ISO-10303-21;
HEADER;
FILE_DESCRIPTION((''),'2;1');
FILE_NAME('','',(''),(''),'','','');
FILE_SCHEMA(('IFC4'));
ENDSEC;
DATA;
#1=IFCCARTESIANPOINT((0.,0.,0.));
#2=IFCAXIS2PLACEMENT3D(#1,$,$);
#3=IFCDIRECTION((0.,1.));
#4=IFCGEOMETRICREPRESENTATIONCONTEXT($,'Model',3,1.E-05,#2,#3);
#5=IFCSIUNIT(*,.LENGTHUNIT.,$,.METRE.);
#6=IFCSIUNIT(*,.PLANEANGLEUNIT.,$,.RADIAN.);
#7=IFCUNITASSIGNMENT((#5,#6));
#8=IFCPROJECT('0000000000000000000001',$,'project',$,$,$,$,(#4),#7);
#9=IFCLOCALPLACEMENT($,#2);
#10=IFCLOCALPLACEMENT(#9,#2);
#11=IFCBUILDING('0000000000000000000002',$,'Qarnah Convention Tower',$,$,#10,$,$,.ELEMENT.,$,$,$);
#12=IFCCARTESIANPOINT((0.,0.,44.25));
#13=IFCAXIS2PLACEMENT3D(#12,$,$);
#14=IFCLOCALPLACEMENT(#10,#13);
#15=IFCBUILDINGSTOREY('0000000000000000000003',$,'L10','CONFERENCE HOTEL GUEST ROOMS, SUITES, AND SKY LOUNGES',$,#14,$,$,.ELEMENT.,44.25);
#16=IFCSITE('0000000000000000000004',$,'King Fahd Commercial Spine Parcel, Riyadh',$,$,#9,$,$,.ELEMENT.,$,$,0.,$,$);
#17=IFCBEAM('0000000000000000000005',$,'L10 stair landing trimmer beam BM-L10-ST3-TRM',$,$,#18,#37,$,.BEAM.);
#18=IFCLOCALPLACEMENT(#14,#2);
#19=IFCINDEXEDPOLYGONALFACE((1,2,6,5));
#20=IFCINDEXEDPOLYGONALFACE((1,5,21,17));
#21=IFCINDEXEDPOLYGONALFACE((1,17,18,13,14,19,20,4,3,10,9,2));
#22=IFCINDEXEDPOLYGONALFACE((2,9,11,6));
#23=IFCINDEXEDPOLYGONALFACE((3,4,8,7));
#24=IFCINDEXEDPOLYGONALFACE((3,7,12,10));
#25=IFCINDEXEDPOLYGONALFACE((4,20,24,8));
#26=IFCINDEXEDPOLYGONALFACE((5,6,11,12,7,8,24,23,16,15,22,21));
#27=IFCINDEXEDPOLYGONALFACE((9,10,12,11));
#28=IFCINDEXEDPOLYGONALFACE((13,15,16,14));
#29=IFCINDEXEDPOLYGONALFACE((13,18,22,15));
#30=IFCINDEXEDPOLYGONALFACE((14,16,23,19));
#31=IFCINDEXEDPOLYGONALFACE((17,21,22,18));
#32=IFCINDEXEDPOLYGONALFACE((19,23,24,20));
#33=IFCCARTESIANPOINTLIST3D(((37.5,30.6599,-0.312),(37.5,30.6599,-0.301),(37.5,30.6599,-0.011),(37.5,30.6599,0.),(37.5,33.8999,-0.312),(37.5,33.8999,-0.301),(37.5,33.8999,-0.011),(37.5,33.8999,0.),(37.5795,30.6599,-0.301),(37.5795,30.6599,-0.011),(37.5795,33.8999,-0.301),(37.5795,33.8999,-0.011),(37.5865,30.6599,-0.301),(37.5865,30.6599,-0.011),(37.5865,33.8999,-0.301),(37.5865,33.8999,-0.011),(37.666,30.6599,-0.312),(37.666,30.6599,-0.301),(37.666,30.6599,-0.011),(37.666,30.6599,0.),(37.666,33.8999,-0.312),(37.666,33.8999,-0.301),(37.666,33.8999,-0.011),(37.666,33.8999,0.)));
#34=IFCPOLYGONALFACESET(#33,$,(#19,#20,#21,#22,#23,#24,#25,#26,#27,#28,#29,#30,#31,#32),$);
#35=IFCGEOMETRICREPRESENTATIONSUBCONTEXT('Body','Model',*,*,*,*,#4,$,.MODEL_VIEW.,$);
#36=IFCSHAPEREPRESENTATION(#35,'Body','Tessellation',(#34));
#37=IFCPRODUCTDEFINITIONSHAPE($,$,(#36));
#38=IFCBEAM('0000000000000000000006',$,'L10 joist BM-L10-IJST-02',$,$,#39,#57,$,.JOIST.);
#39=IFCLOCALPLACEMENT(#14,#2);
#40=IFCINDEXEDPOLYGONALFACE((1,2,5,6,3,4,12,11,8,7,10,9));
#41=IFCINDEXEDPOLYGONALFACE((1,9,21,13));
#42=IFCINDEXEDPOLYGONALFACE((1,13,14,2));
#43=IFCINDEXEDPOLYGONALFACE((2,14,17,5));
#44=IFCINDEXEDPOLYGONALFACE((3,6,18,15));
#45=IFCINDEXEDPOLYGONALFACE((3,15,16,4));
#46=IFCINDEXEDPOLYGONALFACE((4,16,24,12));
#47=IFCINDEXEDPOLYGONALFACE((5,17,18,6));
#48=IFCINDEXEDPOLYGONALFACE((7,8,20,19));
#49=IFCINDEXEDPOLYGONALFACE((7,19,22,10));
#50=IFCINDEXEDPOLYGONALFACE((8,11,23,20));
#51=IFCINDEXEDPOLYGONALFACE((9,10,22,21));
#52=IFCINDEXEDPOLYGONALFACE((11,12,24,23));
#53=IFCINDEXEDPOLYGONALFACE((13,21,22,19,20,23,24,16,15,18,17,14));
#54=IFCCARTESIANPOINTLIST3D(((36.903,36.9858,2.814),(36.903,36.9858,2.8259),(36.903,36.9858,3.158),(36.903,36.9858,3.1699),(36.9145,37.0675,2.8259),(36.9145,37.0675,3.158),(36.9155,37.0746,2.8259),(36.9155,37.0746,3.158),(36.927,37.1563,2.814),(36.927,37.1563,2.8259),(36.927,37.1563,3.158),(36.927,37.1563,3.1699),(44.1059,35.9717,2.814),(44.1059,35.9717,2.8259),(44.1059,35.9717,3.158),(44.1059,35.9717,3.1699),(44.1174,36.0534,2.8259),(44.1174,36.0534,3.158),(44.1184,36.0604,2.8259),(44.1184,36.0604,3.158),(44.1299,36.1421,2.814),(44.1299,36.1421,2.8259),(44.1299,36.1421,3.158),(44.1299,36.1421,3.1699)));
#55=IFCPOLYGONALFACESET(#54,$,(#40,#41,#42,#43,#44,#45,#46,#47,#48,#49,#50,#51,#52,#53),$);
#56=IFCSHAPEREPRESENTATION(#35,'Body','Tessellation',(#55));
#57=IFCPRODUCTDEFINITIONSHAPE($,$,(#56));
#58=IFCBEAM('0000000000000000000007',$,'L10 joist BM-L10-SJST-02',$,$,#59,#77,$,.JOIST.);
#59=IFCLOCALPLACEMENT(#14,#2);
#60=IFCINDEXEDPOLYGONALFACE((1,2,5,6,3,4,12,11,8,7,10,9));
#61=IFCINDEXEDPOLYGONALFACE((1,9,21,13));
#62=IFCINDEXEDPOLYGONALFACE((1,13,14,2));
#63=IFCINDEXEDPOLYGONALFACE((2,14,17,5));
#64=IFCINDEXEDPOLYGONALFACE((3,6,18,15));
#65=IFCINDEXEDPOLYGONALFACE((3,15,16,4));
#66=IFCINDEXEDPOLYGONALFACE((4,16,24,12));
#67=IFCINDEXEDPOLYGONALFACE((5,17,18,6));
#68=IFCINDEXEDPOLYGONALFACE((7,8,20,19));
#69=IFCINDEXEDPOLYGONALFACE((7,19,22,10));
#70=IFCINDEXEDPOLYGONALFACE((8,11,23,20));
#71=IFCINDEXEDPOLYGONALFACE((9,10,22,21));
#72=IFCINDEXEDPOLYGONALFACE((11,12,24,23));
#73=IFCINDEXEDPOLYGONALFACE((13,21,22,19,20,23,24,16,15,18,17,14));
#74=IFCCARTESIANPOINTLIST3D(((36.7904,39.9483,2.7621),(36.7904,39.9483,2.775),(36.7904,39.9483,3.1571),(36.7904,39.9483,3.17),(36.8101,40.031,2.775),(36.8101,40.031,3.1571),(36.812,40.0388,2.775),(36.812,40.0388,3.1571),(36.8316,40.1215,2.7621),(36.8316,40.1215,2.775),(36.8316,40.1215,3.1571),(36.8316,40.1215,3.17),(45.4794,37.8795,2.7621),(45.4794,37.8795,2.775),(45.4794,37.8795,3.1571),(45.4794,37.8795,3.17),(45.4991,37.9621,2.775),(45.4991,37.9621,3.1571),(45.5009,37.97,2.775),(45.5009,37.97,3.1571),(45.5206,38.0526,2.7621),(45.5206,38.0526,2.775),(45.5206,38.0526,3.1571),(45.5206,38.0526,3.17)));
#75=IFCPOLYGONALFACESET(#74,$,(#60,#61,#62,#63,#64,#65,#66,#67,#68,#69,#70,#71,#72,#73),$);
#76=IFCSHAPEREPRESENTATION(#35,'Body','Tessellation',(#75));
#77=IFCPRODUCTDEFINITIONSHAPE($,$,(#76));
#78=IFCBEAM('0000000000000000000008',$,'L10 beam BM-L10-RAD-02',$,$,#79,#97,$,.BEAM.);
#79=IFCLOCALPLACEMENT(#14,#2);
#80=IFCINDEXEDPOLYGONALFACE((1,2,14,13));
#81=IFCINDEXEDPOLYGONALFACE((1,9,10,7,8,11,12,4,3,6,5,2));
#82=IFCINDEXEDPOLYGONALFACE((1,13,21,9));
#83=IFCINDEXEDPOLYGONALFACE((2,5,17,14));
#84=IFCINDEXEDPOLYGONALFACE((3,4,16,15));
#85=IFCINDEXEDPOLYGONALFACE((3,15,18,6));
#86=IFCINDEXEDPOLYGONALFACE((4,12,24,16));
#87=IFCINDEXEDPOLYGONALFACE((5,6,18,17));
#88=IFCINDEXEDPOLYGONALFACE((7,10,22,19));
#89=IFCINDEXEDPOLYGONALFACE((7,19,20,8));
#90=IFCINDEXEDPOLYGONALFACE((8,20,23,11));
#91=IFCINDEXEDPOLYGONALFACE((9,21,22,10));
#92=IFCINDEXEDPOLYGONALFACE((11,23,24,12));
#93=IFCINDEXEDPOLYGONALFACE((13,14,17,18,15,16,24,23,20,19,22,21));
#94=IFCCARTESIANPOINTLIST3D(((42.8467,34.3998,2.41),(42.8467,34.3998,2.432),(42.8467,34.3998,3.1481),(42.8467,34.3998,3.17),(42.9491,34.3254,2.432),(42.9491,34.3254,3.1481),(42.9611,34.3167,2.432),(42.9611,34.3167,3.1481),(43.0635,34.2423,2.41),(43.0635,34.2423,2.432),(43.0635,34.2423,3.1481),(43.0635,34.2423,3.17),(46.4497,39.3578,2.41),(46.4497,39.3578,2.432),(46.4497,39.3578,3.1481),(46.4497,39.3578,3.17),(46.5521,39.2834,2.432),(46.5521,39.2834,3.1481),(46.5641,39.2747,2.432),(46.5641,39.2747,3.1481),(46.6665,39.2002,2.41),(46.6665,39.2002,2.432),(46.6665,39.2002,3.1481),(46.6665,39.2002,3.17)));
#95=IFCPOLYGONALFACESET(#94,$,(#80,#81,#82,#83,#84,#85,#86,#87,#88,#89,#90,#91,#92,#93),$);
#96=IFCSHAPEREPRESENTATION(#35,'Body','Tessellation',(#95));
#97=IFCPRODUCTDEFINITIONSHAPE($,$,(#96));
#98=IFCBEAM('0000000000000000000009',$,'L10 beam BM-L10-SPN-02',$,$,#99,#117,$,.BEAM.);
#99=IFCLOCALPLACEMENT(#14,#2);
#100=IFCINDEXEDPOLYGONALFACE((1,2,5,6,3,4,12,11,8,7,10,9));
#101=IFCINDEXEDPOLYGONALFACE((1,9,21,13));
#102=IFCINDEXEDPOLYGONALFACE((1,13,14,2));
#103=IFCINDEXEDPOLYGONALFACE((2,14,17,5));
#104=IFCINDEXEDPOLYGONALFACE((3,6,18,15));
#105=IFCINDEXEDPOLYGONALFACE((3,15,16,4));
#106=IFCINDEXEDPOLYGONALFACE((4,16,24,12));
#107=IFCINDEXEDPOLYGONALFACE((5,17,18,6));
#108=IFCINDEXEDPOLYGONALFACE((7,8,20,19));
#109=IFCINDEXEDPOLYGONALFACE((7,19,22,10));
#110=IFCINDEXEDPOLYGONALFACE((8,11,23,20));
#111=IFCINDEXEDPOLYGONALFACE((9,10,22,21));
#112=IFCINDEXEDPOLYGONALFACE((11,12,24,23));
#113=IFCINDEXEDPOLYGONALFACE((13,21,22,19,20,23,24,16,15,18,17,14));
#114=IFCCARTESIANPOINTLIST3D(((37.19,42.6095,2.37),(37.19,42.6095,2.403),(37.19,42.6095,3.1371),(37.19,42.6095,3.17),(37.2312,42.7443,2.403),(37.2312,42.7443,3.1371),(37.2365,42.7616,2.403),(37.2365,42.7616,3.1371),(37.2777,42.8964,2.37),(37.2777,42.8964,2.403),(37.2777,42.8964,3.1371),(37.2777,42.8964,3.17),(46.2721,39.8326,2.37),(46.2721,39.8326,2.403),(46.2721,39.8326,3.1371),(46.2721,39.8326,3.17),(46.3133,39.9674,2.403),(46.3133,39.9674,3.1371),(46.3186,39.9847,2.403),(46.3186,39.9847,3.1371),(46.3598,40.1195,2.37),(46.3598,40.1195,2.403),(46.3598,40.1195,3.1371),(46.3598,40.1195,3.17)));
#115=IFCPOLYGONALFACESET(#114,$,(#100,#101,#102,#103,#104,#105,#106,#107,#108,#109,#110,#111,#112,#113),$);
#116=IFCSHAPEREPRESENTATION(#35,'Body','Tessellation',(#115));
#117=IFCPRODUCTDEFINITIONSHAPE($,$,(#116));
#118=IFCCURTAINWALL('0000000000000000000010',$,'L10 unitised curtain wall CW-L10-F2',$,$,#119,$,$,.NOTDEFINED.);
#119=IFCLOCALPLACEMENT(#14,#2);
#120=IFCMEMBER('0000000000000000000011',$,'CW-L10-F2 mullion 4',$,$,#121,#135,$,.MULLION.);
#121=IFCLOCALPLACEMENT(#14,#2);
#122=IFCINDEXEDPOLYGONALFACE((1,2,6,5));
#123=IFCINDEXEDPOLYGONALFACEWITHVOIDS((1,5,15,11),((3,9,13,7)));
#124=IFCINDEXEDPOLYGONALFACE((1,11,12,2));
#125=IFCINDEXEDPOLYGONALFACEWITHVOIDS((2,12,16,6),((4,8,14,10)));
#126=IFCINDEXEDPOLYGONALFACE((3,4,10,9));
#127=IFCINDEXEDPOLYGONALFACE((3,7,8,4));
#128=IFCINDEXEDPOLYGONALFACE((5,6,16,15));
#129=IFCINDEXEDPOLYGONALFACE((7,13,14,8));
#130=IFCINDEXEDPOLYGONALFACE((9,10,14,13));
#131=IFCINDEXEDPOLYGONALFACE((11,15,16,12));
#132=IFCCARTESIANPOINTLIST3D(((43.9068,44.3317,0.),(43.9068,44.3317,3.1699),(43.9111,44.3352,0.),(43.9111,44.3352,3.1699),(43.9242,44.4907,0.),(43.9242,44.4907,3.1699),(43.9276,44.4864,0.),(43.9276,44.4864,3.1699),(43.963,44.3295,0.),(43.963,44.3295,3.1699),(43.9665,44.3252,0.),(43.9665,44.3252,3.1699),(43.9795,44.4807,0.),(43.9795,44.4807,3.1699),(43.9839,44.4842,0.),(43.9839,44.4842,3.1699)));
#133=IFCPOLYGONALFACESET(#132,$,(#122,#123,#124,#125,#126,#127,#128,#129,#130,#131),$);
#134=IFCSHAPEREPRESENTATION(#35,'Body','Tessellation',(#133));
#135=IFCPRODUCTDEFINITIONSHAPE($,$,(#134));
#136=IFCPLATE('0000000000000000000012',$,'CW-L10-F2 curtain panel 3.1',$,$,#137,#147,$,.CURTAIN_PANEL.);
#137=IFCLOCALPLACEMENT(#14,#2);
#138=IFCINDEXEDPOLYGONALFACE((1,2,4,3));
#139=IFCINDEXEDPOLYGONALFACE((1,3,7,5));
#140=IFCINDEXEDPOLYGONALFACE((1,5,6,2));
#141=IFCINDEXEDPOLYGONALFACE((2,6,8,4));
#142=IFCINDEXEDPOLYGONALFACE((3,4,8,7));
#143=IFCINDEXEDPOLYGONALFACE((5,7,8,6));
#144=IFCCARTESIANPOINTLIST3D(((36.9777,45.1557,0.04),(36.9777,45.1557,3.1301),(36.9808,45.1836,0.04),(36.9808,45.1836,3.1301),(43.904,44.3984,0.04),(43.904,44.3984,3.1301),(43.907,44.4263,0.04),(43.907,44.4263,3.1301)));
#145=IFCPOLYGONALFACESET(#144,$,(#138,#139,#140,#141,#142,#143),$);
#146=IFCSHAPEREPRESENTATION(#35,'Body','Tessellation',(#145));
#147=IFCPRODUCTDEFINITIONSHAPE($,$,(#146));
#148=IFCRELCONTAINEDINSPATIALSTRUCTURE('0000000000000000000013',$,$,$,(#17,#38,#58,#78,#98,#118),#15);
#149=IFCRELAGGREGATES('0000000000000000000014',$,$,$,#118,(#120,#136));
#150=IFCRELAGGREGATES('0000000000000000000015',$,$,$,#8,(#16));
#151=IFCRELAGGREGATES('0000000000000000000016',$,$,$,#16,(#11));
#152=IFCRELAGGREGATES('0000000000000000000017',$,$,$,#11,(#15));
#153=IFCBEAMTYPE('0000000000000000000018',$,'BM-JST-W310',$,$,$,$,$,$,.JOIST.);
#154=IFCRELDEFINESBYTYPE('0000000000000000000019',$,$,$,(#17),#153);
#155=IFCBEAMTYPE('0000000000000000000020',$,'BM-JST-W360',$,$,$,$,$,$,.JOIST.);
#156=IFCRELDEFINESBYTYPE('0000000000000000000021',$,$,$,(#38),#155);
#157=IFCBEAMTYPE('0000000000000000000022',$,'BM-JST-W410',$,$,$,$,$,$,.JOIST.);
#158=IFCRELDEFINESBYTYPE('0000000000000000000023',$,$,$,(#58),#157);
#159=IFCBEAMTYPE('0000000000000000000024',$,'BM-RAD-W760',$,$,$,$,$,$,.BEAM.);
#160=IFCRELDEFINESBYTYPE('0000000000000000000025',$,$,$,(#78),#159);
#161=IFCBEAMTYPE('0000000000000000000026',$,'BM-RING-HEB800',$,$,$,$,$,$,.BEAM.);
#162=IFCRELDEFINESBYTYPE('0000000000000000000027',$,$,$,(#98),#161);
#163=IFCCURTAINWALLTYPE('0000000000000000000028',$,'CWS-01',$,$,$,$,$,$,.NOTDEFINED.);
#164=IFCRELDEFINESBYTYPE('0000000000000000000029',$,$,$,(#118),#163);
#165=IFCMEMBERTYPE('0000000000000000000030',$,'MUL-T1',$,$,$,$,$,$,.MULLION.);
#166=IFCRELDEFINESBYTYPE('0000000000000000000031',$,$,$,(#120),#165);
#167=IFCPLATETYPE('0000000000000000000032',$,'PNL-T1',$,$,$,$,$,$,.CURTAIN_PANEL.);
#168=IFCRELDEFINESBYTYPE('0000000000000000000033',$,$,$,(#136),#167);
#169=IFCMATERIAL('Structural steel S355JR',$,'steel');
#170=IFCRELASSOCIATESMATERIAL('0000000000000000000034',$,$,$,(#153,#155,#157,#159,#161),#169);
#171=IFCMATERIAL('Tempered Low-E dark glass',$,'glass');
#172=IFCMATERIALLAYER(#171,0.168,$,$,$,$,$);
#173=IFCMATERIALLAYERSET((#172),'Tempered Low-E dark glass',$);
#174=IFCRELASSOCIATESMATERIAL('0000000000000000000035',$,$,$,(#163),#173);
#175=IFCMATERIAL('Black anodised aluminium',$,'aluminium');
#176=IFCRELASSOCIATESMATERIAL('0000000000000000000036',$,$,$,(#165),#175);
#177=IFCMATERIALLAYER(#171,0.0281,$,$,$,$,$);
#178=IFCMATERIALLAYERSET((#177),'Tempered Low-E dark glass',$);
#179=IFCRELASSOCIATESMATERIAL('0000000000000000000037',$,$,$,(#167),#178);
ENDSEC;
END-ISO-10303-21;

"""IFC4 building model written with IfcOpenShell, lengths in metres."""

from ifc_helpers import new_model, si_unit, direction, frame, origin, origin_2d, place, context, subcontext, project, spatial, rectangle, hollow_rectangle, i_section, extrude, material, layer, layer_set, material_profile, profile_set, type_object, element, aggregate, save


model = new_model("IFC4")

# Units and contexts
model_context = context("Model", 3, precision=1e-05, world=origin(), true_north=direction((0.0, 1.0)))
body_context = subcontext(model_context, "Body", "Model", "MODEL_VIEW")
ifc_project = project(units=[si_unit("LENGTHUNIT", "METRE"), si_unit("PLANEANGLEUNIT", "RADIAN")], contexts=[model_context])

# Site, building, storey
site_placement = place(None, origin())
site = spatial("IfcSite", under=ifc_project, at=site_placement, Name="King Fahd Commercial Spine Parcel, Riyadh", CompositionType="ELEMENT", RefElevation=0.0)
building_placement = place(site_placement, origin())
building = spatial("IfcBuilding", under=site, at=building_placement, Name="Qarnah Convention Tower", CompositionType="ELEMENT")
storey_placement = place(building_placement, frame((0.0, 0.0, 44.25)))
storey = spatial("IfcBuildingStorey", under=building, at=storey_placement, Name="L10", Description="CONFERENCE HOTEL GUEST ROOMS, SUITES, AND SKY LOUNGES", CompositionType="ELEMENT", Elevation=44.25)

# Beams
ifc_material_1 = material(Name="Structural steel S355JR", Category="steel")
ifc_material_profile_1 = material_profile(ifc_material_1, i_section(OverallWidth=0.166, OverallDepth=0.312, WebThickness=0.0071, FlangeThickness=0.011, at=origin_2d()), Name="W310X45")
ifc_profile_set_1 = profile_set([ifc_material_profile_1], Name="Structural steel S355JR")
beam_type_1 = type_object("IfcBeamType", Name="BM-JST-W310", PredefinedType="JOIST", material=ifc_profile_set_1)
beam_1_placement = place(storey_placement, frame((37.583, 30.6599, -0.156), z_axis=(0.0, 1.0, 0.0), x_axis=(-1.0, 0.0, 0.0)))
element("IfcBeam", 1, at=beam_1_placement, inside=storey, type_object=beam_type_1, Name="L10 stair landing trimmer beam BM-L10-ST3-TRM", PredefinedType="BEAM", context=body_context, shape_type="SweptSolid", body=[
    extrude(i_section(OverallWidth=0.166, OverallDepth=0.312, WebThickness=0.0071, FlangeThickness=0.011, at=origin_2d()), origin(), (0.0, 0.0, 1.0), 3.24),
])
ifc_material_profile_2 = material_profile(ifc_material_1, i_section(OverallWidth=0.1721, OverallDepth=0.356, WebThickness=0.0071, FlangeThickness=0.012, at=origin_2d()), Name="W360X51")
ifc_profile_set_2 = profile_set([ifc_material_profile_2], Name="Structural steel S355JR")
beam_type_2 = type_object("IfcBeamType", Name="BM-JST-W360", PredefinedType="JOIST", material=ifc_profile_set_2)
beam_2_placement = place(storey_placement, frame((44.1179, 36.0569, 2.9919), z_axis=(-0.990233, 0.139424, 0.0), x_axis=(-0.139424, -0.990233, 0.0)))
element("IfcBeam", 2, at=beam_2_placement, inside=storey, type_object=beam_type_2, Name="L10 joist BM-L10-IJST-02", PredefinedType="JOIST", context=body_context, shape_type="SweptSolid", body=[
    extrude(i_section(OverallWidth=0.1721, OverallDepth=0.356, WebThickness=0.0071, FlangeThickness=0.012, at=origin_2d()), origin(), (0.0, 0.0, 1.0), 7.2739),
])
ifc_material_profile_3 = material_profile(ifc_material_1, i_section(OverallWidth=0.178, OverallDepth=0.408, WebThickness=0.0081, FlangeThickness=0.0129, at=origin_2d()), Name="W410X60")
ifc_profile_set_3 = profile_set([ifc_material_profile_3], Name="Structural steel S355JR")
beam_type_3 = type_object("IfcBeamType", Name="BM-JST-W410", PredefinedType="JOIST", material=ifc_profile_set_3)
beam_3_placement = place(storey_placement, frame((45.5, 37.9661, 2.9661), z_axis=(-0.972805, 0.231625, 0.0), x_axis=(-0.231625, -0.972805, 0.0)))
element("IfcBeam", 3, at=beam_3_placement, inside=storey, type_object=beam_type_3, Name="L10 joist BM-L10-SJST-02", PredefinedType="JOIST", context=body_context, shape_type="SweptSolid", body=[
    extrude(i_section(OverallWidth=0.178, OverallDepth=0.408, WebThickness=0.0081, FlangeThickness=0.0129, at=origin_2d()), origin(), (0.0, 0.0, 1.0), 8.9319),
])
ifc_material_profile_4 = material_profile(ifc_material_1, i_section(OverallWidth=0.2681, OverallDepth=0.76, WebThickness=0.0149, FlangeThickness=0.022, at=origin_2d()), Name="W760X185")
ifc_profile_set_4 = profile_set([ifc_material_profile_4], Name="Structural steel S355JR")
beam_type_4 = type_object("IfcBeamType", Name="BM-RAD-W760", PredefinedType="BEAM", material=ifc_profile_set_4)
beam_4_placement = place(storey_placement, frame((42.9551, 34.321, 2.79), z_axis=(0.587873, 0.808953, 0.0), x_axis=(-0.808953, 0.587873, 0.0)))
element("IfcBeam", 4, at=beam_4_placement, inside=storey, type_object=beam_type_4, Name="L10 beam BM-L10-RAD-02", PredefinedType="BEAM", context=body_context, shape_type="SweptSolid", body=[
    extrude(i_section(OverallWidth=0.2681, OverallDepth=0.76, WebThickness=0.0149, FlangeThickness=0.022, at=origin_2d()), origin(), (0.0, 0.0, 1.0), 6.1289),
])
ifc_material_profile_5 = material_profile(ifc_material_1, i_section(OverallWidth=0.3, OverallDepth=0.8, WebThickness=0.0181, FlangeThickness=0.033, at=origin_2d()), Name="HEB800")
ifc_profile_set_5 = profile_set([ifc_material_profile_5], Name="Structural steel S355JR")
beam_type_5 = type_object("IfcBeamType", Name="BM-RING-HEB800", PredefinedType="BEAM", material=ifc_profile_set_5)
beam_5_placement = place(storey_placement, frame((46.3159, 39.9761, 2.77), z_axis=(-0.956299, 0.292391, 0.0), x_axis=(-0.292391, -0.956299, 0.0)))
element("IfcBeam", 5, at=beam_5_placement, inside=storey, type_object=beam_type_5, Name="L10 beam BM-L10-SPN-02", PredefinedType="BEAM", context=body_context, shape_type="SweptSolid", body=[
    extrude(i_section(OverallWidth=0.3, OverallDepth=0.8, WebThickness=0.0181, FlangeThickness=0.033, at=origin_2d()), origin(), (0.0, 0.0, 1.0), 9.4971),
])

# Curtain wall, member, plate
ifc_material_2 = material(Name="Tempered Low-E dark glass", Category="glass")
ifc_layer_1 = layer(ifc_material_2, 0.168)
ifc_layer_set_1 = layer_set([ifc_layer_1], Name="Tempered Low-E dark glass")
curtain_wall_type = type_object("IfcCurtainWallType", Name="CWS-01", PredefinedType="NOTDEFINED", material=ifc_layer_set_1)
curtain_wall_placement = place(storey_placement, origin())
curtain_wall = element("IfcCurtainWall", 6, at=curtain_wall_placement, inside=storey, type_object=curtain_wall_type, Name="L10 unitised curtain wall CW-L10-F2", PredefinedType="NOTDEFINED")
ifc_material_3 = material(Name="Black anodised aluminium", Category="aluminium")
ifc_material_profile_6 = material_profile(ifc_material_3, hollow_rectangle(XDim=0.0601, YDim=0.1599, WallThickness=0.0039, at=origin_2d()), Name="MUL-60X160")
ifc_profile_set_6 = profile_set([ifc_material_profile_6], Name="Black anodised aluminium")
member_type = type_object("IfcMemberType", Name="MUL-T1", PredefinedType="MULLION", material=ifc_profile_set_6)
member_placement = place(storey_placement, frame((43.9453, 44.408, 0.0), z_axis=(0.0, 0.0, 1.0), x_axis=(0.994076, -0.10869, 0.0)))
member = element("IfcMember", 7, at=member_placement, type_object=member_type, Name="CW-L10-F2 mullion 4", PredefinedType="MULLION", context=body_context, shape_type="SweptSolid", body=[
    extrude(hollow_rectangle(XDim=0.0601, YDim=0.1599, WallThickness=0.0039, at=origin_2d()), origin(), (0.0, 0.0, 1.0), 3.1699),
])
ifc_layer_2 = layer(ifc_material_2, 0.0281)
ifc_layer_set_2 = layer_set([ifc_layer_2], Name="Tempered Low-E dark glass")
plate_type = type_object("IfcPlateType", Name="PNL-T1", PredefinedType="CURTAIN_PANEL", material=ifc_layer_set_2)
plate_placement = place(storey_placement, frame((40.4424, 44.791, 0.04), z_axis=(0.0, 0.0, 1.0), x_axis=(0.994076, -0.10869, 0.0)))
plate = element("IfcPlate", 8, at=plate_placement, type_object=plate_type, Name="CW-L10-F2 curtain panel 3.1", PredefinedType="CURTAIN_PANEL", context=body_context, shape_type="SweptSolid", body=[
    extrude(rectangle(XDim=6.9675, YDim=0.0281, at=origin_2d()), origin(), (0.0, 0.0, 1.0), 3.0901),
])
aggregate(curtain_wall, [member, plate])

save(model, "model.ifc")
